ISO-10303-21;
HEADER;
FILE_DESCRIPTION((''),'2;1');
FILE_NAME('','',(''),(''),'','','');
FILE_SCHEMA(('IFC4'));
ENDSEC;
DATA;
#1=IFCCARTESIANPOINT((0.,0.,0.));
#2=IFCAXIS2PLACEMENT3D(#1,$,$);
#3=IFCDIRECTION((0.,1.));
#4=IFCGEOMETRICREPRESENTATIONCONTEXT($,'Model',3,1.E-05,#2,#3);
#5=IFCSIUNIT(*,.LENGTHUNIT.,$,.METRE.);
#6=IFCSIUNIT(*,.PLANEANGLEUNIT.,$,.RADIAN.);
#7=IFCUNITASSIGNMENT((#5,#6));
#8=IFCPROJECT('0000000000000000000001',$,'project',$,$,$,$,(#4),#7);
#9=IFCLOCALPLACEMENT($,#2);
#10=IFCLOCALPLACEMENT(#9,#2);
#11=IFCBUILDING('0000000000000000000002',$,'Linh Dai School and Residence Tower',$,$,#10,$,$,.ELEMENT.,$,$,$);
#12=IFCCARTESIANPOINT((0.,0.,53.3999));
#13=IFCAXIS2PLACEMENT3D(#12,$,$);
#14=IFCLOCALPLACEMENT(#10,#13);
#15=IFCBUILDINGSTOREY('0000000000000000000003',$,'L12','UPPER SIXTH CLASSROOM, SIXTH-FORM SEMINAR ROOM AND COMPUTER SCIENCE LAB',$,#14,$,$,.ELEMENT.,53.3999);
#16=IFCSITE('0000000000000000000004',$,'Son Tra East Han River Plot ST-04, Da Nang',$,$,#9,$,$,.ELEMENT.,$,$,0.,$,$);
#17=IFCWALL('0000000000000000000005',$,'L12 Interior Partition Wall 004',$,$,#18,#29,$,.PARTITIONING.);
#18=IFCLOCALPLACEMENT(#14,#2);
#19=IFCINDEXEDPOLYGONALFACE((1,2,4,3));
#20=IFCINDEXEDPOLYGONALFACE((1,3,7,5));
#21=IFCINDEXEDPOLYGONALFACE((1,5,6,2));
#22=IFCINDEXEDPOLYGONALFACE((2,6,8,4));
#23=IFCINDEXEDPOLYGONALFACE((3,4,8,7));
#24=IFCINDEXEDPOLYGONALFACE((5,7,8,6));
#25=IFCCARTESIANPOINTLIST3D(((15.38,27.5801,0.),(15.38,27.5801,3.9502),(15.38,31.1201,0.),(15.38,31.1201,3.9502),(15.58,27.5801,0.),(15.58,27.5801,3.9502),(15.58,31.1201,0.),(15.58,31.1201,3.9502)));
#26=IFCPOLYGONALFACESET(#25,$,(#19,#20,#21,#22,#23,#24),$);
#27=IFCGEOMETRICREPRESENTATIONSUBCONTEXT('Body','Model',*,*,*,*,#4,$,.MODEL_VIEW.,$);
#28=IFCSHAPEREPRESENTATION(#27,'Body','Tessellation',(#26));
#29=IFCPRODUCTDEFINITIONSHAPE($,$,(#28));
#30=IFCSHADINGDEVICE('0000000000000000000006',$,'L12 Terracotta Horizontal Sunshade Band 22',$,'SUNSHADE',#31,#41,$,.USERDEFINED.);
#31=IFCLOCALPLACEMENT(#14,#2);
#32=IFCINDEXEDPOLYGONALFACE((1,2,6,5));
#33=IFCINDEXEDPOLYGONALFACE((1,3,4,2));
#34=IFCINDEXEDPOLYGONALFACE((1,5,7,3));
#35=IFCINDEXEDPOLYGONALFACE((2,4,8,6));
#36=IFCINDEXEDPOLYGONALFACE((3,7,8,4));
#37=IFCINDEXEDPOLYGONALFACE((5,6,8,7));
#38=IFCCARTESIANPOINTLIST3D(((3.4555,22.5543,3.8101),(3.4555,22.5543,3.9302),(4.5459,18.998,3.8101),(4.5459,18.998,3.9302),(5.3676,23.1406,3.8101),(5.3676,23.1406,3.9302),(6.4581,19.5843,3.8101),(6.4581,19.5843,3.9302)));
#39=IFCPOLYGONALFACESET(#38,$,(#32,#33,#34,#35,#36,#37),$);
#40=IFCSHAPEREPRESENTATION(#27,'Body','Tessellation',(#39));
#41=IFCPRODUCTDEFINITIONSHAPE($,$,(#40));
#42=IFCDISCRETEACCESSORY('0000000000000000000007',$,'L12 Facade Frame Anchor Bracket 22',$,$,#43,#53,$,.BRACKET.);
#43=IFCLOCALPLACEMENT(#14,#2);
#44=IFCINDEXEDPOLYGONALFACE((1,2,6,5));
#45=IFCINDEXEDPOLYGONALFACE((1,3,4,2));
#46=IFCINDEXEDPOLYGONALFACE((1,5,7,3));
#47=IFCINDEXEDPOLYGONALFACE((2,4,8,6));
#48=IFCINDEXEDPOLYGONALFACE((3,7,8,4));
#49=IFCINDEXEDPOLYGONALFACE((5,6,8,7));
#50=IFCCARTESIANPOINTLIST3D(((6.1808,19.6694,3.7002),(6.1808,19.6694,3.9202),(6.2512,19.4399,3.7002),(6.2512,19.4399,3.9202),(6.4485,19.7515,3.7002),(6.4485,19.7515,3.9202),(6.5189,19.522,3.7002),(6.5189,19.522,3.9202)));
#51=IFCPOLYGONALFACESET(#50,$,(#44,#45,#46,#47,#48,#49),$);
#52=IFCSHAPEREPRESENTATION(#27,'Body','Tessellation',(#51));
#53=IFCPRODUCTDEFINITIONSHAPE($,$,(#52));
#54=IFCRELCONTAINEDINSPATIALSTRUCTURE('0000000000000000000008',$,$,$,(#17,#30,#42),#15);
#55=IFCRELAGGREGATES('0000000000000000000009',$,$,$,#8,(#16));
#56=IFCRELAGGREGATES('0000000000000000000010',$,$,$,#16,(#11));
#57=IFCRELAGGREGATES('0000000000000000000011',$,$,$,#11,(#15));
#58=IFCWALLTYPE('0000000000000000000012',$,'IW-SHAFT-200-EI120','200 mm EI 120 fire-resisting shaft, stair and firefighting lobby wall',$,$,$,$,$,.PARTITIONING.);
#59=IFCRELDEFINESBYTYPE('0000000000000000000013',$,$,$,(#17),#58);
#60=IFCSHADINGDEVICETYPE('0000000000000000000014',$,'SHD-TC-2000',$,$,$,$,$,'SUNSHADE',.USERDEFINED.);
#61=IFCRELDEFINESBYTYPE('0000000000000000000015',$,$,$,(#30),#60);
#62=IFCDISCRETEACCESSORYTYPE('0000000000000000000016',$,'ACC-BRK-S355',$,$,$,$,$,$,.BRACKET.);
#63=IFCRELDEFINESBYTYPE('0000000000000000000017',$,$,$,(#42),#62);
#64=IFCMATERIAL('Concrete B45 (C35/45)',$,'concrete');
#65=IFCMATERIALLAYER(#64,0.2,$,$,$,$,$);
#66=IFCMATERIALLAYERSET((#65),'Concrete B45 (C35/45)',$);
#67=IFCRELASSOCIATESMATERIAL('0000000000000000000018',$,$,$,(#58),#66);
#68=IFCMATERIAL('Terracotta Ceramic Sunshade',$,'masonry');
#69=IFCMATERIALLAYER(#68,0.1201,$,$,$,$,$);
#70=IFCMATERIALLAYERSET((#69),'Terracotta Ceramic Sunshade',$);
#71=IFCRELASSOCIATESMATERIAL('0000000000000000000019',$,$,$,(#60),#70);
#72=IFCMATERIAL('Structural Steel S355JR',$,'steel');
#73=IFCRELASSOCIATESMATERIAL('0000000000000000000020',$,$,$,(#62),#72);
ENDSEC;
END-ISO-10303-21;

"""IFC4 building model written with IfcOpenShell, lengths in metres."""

from ifc_helpers import new_model, si_unit, direction, frame, frame_2d, origin, origin_2d, place, context, subcontext, project, spatial, rectangle, extrude, source, transform, mapped, material, layer, layer_set, type_object, element, save


model = new_model("IFC4")

# Units and contexts
model_context = context("Model", 3, precision=1e-05, world=origin(), true_north=direction((0.0, 1.0)))
body_context = subcontext(model_context, "Body", "Model", "MODEL_VIEW")
ifc_project = project(units=[si_unit("LENGTHUNIT", "METRE"), si_unit("PLANEANGLEUNIT", "RADIAN")], contexts=[model_context])

# Site, building, storey
site_placement = place(None, origin())
site = spatial("IfcSite", under=ifc_project, at=site_placement, Name="Son Tra East Han River Plot ST-04, Da Nang", CompositionType="ELEMENT", RefElevation=0.0)
building_placement = place(site_placement, origin())
building = spatial("IfcBuilding", under=site, at=building_placement, Name="Linh Dai School and Residence Tower", CompositionType="ELEMENT")
storey_placement = place(building_placement, frame((0.0, 0.0, 53.3999)))
storey = spatial("IfcBuildingStorey", under=building, at=storey_placement, Name="L12", Description="UPPER SIXTH CLASSROOM, SIXTH-FORM SEMINAR ROOM AND COMPUTER SCIENCE LAB", CompositionType="ELEMENT", Elevation=53.3999)

# Shared definitions
ifc_material_1 = material(Name="Structural Steel S355JR", Category="steel")

# Wall
ifc_material_2 = material(Name="Concrete B45 (C35/45)", Category="concrete")
ifc_layer_1 = layer(ifc_material_2, 0.2)
ifc_layer_set_1 = layer_set([ifc_layer_1], Name="Concrete B45 (C35/45)")
wall_type_1 = type_object("IfcWallType", Name="IW-SHAFT-200-EI120", Description="200 mm EI 120 fire-resisting shaft, stair and firefighting lobby wall", PredefinedType="PARTITIONING", material=ifc_layer_set_1)
wall_1_placement = place(storey_placement, frame((15.48, 27.5801, 0.0), z_axis=(0.0, 0.0, 1.0), x_axis=(0.0, 1.0, 0.0)))
element("IfcWall", 1, at=wall_1_placement, inside=storey, type_object=wall_type_1, Name="L12 Interior Partition Wall 004", PredefinedType="PARTITIONING", context=body_context, shape_type="SweptSolid", body=[
    extrude(rectangle(XDim=3.54, YDim=0.2, at=frame_2d((1.77, 0.0))), origin(), (0.0, 0.0, 1.0), 3.9502),
])

# Shading device
ifc_material_3 = material(Name="Terracotta Ceramic Sunshade", Category="masonry")
ifc_layer_2 = layer(ifc_material_3, 0.1201)
ifc_layer_set_2 = layer_set([ifc_layer_2], Name="Terracotta Ceramic Sunshade")
shading_device_type = type_object("IfcShadingDeviceType", Name="SHD-TC-2000", ElementType="SUNSHADE", PredefinedType="USERDEFINED", material=ifc_layer_set_2)
shared_shape_1 = source(origin(), body_context, "Body", "SweptSolid", [
    extrude(rectangle(XDim=3.7197, YDim=2.0, at=origin_2d()), origin(), (0.0, 0.0, 1.0), 0.1201),
])
shading_device_placement = place(storey_placement, frame((4.9568, 21.0693, 3.8101), z_axis=(0.0, 0.0, 1.0), x_axis=(-0.293146, 0.956068, 0.0)))
element("IfcShadingDevice", 2, at=shading_device_placement, inside=storey, type_object=shading_device_type, Name="L12 Terracotta Horizontal Sunshade Band 22", ObjectType="SUNSHADE", PredefinedType="USERDEFINED", context=body_context, shape_type="MappedRepresentation", body=[
    mapped(shared_shape_1, transform((0.0, 0.0, 0.0), x_axis=(1.0, 0.0, 0.0), y_axis=(0.0, 1.0, 0.0), z_axis=(0.0, 0.0, 1.0), scale=1.0)),
])

# Discrete accessory
discrete_accessory_type = type_object("IfcDiscreteAccessoryType", Name="ACC-BRK-S355", PredefinedType="BRACKET", material=ifc_material_1)
shared_shape_2 = source(origin(), body_context, "Body", "SweptSolid", [
    extrude(rectangle(XDim=0.28, YDim=0.24, at=origin_2d()), origin(), (0.0, 0.0, 1.0), 0.22),
])
discrete_accessory_placement = place(storey_placement, frame((6.3499, 19.5957, 3.7002), z_axis=(0.0, 0.0, 1.0), x_axis=(-0.956068, -0.293146, 0.0)))
element("IfcDiscreteAccessory", 3, at=discrete_accessory_placement, inside=storey, type_object=discrete_accessory_type, Name="L12 Facade Frame Anchor Bracket 22", PredefinedType="BRACKET", context=body_context, shape_type="MappedRepresentation", body=[
    mapped(shared_shape_2, transform((0.0, 0.0, 0.0), x_axis=(1.0, 0.0, 0.0), y_axis=(0.0, 1.0, 0.0), z_axis=(0.0, 0.0, 1.0), scale=1.0)),
])

save(model, "model.ifc")
